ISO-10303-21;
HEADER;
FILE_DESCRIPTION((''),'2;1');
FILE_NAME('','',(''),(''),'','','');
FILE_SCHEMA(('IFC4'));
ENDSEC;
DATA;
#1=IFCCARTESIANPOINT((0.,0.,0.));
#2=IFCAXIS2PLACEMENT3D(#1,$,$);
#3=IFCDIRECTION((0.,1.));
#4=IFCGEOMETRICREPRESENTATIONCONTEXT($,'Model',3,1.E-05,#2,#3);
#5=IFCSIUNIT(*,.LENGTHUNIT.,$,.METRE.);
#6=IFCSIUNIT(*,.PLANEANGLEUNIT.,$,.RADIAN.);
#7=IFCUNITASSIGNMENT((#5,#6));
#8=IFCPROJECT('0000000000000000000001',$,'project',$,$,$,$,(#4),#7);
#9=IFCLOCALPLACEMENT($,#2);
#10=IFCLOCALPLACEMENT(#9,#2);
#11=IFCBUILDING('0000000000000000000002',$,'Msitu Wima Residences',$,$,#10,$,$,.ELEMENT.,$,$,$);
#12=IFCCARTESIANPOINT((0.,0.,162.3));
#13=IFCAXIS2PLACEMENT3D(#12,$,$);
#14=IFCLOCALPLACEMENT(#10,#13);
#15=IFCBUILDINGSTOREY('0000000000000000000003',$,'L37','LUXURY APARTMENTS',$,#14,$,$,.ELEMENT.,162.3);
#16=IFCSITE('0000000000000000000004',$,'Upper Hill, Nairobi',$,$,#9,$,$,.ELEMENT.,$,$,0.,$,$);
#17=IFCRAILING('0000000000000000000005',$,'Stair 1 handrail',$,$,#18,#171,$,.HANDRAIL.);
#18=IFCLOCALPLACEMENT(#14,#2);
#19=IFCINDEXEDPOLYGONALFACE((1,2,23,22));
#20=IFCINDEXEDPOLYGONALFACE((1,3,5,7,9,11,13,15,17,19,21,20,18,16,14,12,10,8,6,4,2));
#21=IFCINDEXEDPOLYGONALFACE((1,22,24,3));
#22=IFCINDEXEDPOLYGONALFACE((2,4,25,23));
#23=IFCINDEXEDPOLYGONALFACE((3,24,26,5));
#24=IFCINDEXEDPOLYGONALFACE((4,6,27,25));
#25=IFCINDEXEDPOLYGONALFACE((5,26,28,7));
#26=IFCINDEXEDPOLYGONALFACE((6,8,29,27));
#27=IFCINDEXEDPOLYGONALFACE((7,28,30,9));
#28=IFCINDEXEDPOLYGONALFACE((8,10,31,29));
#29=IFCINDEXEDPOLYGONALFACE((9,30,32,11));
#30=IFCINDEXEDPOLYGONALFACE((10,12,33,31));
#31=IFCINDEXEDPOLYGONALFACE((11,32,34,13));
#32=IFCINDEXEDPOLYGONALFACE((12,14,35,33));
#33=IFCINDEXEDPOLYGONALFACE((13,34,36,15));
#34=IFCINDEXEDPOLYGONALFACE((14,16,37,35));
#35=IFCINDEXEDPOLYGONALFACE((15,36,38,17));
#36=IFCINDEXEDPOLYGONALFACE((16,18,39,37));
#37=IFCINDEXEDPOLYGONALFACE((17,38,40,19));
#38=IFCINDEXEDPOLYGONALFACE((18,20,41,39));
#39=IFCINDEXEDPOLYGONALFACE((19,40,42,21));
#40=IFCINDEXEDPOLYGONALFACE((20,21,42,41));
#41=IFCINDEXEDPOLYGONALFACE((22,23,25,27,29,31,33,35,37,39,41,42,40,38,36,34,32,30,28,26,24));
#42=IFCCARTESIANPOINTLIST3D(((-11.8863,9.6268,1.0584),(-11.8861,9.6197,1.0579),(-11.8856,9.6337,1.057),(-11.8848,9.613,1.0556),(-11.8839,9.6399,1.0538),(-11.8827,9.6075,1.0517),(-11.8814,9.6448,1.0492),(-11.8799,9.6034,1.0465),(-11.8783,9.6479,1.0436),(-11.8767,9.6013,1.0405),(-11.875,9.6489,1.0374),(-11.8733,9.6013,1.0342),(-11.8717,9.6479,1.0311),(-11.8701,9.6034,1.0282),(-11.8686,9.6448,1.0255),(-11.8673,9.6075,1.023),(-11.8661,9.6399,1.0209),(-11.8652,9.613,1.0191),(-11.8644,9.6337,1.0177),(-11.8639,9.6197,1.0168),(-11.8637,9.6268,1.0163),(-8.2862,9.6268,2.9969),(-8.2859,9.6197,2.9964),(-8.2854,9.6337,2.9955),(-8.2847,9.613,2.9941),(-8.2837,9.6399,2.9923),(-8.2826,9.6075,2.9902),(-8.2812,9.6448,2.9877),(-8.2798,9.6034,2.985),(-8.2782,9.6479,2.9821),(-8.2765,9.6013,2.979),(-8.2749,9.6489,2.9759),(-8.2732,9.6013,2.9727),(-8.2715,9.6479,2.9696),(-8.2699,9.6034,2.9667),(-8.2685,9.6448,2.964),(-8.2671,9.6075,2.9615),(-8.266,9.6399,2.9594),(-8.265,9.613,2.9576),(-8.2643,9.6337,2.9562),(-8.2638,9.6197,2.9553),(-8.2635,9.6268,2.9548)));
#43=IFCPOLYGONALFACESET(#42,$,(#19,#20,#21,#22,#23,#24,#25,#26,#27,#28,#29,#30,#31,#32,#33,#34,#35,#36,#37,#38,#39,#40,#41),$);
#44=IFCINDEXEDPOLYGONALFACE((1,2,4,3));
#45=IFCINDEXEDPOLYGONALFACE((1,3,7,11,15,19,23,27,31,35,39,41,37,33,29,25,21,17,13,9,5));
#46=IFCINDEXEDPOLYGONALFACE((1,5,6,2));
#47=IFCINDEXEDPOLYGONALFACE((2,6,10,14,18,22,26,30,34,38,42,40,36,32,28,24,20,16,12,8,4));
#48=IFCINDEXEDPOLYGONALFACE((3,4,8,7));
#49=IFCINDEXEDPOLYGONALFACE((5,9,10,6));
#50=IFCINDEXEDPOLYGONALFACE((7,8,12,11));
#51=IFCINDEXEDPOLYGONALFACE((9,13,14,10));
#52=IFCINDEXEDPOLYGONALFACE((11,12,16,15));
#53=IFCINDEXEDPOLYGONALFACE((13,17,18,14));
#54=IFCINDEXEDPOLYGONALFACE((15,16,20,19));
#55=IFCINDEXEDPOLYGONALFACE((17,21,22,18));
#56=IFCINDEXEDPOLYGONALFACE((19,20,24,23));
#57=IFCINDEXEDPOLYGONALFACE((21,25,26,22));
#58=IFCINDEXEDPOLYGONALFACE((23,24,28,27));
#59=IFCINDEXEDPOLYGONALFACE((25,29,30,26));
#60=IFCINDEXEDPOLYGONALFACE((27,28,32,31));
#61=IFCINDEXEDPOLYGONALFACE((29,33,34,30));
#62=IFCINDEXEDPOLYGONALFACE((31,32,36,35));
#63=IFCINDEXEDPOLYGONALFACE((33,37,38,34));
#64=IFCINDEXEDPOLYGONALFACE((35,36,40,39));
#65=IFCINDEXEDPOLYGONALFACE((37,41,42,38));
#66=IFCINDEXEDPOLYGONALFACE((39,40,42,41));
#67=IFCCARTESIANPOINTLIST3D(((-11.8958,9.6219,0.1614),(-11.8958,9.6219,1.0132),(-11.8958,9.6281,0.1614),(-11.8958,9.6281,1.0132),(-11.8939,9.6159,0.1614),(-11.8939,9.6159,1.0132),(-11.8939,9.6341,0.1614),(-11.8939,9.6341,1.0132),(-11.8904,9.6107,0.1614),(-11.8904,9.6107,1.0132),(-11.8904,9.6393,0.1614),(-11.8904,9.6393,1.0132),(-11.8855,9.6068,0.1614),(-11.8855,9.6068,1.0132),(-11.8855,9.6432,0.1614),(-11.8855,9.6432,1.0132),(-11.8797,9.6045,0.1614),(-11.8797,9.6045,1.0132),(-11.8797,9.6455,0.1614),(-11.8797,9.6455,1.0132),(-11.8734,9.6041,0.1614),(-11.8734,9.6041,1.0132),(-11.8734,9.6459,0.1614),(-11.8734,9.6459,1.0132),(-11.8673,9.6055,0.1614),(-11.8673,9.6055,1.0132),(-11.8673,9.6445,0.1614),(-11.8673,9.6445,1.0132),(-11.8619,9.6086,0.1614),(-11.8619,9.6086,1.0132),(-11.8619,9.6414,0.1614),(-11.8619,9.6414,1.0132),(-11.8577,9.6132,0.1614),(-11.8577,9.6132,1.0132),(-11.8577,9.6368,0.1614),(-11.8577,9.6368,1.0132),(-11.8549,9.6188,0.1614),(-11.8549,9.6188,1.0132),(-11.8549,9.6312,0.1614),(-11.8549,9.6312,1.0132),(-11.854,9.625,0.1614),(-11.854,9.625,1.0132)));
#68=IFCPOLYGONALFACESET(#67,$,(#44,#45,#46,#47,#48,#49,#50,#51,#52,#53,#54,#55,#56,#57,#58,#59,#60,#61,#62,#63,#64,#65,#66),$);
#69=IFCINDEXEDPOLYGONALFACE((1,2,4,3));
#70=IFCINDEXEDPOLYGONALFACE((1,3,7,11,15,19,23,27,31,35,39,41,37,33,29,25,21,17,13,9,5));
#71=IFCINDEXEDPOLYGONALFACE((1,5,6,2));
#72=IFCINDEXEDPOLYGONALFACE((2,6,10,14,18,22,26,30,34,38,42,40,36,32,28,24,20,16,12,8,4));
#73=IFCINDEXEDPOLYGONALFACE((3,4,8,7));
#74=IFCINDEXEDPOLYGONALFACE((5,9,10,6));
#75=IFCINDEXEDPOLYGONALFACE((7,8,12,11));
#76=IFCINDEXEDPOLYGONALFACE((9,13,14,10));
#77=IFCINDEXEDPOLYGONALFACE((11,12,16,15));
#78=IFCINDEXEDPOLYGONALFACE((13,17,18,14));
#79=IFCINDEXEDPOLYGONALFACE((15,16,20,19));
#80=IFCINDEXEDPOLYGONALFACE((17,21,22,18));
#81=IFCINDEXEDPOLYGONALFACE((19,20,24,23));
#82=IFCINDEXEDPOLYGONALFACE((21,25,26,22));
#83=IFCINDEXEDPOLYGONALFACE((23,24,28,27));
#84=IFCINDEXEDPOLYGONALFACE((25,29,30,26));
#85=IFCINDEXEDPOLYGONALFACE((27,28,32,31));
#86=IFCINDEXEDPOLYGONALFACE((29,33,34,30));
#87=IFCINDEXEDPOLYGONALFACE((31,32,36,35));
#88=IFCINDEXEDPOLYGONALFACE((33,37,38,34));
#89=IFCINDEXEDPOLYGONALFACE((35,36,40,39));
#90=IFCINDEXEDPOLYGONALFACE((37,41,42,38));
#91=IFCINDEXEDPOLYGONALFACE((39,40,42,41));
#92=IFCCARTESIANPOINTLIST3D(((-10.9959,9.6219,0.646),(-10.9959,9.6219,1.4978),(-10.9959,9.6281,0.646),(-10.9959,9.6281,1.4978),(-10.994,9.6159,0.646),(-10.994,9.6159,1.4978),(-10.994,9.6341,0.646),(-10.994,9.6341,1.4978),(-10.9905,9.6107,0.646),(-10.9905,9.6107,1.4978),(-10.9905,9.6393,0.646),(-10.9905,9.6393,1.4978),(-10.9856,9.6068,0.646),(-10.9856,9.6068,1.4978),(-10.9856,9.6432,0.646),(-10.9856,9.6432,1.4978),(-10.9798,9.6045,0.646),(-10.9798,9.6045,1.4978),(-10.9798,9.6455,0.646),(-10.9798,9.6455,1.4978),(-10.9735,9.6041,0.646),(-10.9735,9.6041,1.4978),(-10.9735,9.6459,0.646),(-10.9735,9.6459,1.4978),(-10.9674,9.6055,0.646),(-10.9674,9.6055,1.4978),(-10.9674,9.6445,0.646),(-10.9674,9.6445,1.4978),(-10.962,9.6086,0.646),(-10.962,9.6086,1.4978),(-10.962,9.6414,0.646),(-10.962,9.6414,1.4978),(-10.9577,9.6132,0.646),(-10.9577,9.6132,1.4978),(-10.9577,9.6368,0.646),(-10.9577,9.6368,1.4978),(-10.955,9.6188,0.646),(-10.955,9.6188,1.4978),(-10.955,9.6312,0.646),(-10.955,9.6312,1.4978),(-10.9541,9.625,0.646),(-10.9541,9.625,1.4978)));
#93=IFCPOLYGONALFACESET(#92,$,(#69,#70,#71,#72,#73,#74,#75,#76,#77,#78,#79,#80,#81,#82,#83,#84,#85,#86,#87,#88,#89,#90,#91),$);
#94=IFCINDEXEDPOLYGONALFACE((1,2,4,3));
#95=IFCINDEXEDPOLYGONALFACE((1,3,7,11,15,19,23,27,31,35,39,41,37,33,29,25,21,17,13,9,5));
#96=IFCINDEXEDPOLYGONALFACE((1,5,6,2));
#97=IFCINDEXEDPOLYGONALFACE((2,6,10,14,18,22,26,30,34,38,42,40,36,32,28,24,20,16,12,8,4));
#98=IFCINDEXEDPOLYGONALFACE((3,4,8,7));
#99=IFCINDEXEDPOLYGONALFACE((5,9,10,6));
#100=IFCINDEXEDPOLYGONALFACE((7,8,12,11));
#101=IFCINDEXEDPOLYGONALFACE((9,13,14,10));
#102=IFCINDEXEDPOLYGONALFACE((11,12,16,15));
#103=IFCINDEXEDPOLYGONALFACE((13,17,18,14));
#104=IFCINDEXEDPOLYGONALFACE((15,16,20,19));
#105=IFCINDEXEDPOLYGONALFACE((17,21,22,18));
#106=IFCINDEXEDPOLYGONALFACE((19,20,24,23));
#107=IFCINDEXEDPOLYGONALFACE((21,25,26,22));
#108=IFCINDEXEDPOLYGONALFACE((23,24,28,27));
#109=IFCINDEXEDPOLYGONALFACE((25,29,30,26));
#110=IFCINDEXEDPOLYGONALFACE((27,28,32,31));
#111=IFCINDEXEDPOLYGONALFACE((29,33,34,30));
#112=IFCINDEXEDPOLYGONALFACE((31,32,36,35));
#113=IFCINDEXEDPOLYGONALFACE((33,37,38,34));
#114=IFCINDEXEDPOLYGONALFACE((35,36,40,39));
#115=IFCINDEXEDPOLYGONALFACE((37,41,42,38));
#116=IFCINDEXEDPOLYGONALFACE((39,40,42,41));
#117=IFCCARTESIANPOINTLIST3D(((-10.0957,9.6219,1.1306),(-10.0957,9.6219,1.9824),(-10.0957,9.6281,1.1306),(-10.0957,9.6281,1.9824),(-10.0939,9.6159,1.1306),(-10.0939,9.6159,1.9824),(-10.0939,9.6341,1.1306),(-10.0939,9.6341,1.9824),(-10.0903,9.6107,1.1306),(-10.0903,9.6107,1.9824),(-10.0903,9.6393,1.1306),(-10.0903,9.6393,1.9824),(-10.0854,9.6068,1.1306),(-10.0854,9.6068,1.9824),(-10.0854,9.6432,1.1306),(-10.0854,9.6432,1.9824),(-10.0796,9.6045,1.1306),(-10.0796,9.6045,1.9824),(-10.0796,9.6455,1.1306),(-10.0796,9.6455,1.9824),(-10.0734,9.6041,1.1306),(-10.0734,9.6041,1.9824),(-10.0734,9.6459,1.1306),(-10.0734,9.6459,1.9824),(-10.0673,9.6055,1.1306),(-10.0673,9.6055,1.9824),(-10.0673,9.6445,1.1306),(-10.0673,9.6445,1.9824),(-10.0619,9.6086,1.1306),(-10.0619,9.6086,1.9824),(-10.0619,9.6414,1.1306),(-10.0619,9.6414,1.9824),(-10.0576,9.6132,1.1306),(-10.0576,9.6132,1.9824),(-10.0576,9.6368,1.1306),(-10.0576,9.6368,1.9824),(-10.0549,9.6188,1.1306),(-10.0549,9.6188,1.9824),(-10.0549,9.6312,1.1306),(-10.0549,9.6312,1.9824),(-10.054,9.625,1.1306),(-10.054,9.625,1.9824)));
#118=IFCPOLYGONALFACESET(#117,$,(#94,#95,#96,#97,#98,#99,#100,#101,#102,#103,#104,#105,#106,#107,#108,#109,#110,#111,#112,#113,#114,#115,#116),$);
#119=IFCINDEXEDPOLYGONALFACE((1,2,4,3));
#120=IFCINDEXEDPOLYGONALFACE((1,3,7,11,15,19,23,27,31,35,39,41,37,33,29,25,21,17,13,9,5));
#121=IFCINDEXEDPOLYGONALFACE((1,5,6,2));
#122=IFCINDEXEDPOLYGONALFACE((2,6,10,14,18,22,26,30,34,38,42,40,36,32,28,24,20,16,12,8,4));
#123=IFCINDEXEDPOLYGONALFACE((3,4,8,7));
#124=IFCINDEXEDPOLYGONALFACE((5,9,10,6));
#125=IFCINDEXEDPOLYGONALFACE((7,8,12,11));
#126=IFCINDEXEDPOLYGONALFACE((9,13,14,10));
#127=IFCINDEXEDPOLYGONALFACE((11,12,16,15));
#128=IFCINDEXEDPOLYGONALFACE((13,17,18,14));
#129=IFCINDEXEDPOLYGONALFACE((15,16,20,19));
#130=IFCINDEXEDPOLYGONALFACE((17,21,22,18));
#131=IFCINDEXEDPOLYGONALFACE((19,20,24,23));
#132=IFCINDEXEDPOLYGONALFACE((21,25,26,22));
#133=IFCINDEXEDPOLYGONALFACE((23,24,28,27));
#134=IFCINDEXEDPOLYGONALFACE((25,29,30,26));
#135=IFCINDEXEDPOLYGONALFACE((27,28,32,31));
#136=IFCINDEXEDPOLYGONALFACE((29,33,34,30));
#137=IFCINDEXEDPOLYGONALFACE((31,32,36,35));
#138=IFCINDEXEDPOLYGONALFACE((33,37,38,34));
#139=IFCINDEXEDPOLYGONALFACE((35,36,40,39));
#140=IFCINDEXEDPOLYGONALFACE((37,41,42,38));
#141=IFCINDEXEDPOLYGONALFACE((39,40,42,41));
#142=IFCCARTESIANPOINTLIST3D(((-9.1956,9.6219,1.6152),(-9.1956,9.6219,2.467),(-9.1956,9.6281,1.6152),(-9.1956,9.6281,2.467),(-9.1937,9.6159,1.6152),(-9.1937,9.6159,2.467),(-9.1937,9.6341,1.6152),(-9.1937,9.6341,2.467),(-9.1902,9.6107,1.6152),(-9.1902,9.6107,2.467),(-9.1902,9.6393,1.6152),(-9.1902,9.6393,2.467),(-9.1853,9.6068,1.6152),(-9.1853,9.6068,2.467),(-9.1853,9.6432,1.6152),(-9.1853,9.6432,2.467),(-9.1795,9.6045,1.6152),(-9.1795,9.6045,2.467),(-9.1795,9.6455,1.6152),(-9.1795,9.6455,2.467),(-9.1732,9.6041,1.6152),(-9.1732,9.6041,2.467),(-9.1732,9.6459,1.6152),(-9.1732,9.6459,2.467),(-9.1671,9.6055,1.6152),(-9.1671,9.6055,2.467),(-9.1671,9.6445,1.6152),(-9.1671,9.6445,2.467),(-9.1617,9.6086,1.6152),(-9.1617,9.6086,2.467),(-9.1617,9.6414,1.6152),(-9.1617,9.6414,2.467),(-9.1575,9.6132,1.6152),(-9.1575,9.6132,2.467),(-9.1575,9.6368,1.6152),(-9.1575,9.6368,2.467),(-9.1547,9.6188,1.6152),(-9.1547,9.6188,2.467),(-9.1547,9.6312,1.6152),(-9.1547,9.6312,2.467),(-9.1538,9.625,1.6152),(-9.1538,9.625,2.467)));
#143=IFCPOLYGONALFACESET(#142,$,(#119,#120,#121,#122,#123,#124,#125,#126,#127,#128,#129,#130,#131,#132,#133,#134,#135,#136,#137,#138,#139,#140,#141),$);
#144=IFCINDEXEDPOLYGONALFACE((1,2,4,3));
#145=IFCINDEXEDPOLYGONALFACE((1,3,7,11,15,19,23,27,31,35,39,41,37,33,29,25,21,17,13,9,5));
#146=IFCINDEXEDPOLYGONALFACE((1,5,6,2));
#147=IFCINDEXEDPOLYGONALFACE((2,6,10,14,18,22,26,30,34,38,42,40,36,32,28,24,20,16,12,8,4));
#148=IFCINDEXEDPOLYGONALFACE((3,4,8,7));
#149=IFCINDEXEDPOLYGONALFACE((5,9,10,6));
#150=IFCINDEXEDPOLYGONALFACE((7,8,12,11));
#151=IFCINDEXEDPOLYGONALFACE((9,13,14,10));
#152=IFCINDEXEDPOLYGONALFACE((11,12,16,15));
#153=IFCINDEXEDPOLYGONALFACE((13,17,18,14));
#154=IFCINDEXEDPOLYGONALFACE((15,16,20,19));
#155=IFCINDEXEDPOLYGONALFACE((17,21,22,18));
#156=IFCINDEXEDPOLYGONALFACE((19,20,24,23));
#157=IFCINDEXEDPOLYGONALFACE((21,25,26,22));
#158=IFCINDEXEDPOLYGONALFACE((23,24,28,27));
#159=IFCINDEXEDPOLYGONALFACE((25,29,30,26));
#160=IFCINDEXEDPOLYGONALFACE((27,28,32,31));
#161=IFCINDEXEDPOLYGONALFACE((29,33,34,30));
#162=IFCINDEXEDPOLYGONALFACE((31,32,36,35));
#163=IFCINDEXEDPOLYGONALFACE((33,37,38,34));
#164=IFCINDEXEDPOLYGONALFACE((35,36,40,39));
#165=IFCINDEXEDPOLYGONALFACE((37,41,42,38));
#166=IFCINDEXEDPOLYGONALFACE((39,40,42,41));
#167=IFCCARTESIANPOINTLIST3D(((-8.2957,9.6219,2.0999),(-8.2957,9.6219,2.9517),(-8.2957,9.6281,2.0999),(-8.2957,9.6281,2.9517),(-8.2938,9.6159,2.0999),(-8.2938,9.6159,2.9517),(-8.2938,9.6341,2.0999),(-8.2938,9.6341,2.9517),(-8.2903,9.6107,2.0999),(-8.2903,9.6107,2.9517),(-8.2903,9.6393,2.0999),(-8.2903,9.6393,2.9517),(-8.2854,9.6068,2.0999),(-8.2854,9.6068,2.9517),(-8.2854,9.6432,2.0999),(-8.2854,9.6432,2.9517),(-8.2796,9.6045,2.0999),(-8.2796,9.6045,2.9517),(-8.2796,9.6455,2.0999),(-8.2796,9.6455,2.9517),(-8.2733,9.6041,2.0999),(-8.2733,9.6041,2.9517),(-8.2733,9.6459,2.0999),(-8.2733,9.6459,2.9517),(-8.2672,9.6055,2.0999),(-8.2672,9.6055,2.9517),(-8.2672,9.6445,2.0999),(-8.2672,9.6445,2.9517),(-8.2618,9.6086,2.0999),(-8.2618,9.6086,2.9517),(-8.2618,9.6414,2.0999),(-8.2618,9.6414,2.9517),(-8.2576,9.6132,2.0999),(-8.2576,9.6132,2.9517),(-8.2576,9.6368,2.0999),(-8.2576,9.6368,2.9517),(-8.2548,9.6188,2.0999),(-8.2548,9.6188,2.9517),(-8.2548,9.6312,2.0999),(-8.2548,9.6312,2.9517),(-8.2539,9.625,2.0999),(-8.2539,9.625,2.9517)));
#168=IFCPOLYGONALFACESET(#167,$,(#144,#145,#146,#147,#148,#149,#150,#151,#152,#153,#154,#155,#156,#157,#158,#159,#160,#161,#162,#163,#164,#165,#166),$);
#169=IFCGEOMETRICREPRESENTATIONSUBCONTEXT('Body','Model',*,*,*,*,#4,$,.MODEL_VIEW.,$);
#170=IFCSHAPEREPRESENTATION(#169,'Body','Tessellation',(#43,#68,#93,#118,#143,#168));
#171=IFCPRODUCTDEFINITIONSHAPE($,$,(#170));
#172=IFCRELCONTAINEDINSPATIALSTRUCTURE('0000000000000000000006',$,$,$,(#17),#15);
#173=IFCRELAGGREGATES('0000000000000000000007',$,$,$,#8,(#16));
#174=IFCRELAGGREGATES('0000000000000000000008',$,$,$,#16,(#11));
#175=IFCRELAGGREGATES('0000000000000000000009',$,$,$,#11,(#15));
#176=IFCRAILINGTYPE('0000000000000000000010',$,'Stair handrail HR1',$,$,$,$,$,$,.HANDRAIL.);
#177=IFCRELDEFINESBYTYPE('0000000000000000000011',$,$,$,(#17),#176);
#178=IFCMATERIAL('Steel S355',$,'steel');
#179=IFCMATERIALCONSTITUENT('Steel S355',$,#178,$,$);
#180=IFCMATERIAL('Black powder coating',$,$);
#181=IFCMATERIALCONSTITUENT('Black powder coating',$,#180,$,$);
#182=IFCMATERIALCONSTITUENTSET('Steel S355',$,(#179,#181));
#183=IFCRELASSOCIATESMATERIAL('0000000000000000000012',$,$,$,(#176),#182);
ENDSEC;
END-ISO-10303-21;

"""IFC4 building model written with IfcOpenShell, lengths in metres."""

from ifc_helpers import new_model, si_unit, direction, frame, origin, origin_2d, place, context, subcontext, project, spatial, circle, extrude, material, constituent, constituent_set, type_object, element, save


model = new_model("IFC4")

# Units and contexts
model_context = context("Model", 3, precision=1e-05, world=origin(), true_north=direction((0.0, 1.0)))
body_context = subcontext(model_context, "Body", "Model", "MODEL_VIEW")
ifc_project = project(units=[si_unit("LENGTHUNIT", "METRE"), si_unit("PLANEANGLEUNIT", "RADIAN")], contexts=[model_context])

# Site, building, storey
site_placement = place(None, origin())
site = spatial("IfcSite", under=ifc_project, at=site_placement, Name="Upper Hill, Nairobi", CompositionType="ELEMENT", RefElevation=0.0)
building_placement = place(site_placement, origin())
building = spatial("IfcBuilding", under=site, at=building_placement, Name="Msitu Wima Residences", CompositionType="ELEMENT")
storey_placement = place(building_placement, frame((0.0, 0.0, 162.3)))
storey = spatial("IfcBuildingStorey", under=building, at=storey_placement, Name="L37", Description="LUXURY APARTMENTS", CompositionType="ELEMENT", Elevation=162.3)

# Railing
ifc_material_1 = material(Name="Steel S355", Category="steel")
ifc_constituent_1 = constituent(ifc_material_1, Name="Steel S355")
ifc_material_2 = material(Name="Black powder coating")
ifc_constituent_2 = constituent(ifc_material_2, Name="Black powder coating")
ifc_constituent_set = constituent_set(constituents=[ifc_constituent_1, ifc_constituent_2], Name="Steel S355")
railing_type = type_object("IfcRailingType", Name="Stair handrail HR1", PredefinedType="HANDRAIL", material=ifc_constituent_set)
for number, where, name in (
    (1, (-11.875, 9.625, 0.1614), "Stair 1 handrail"),
):
    element("IfcRailing", number, at=place(storey_placement, frame(where)), inside=storey, type_object=railing_type, Name=name, PredefinedType="HANDRAIL", context=body_context, shape_type="SweptSolid", body=[
        extrude(circle(Radius=0.0239, at=origin_2d()), frame((0.0, 0.0, 0.876), z_axis=(0.880475, 0.0, 0.474093), x_axis=(0.0, 1.0, 0.0)), (0.0, 0.0, 1.0), 4.0889),
        extrude(circle(Radius=0.021, at=origin_2d()), origin(), (0.0, 0.0, 1.0), 0.8518),
        extrude(circle(Radius=0.021, at=origin_2d()), frame((0.8999, 0.0, 0.4846)), (0.0, 0.0, 1.0), 0.8518),
        extrude(circle(Radius=0.021, at=origin_2d()), frame((1.8, 0.0, 0.9692)), (0.0, 0.0, 1.0), 0.8518),
        extrude(circle(Radius=0.021, at=origin_2d()), frame((2.7002, 0.0, 1.4539)), (0.0, 0.0, 1.0), 0.8518),
        extrude(circle(Radius=0.021, at=origin_2d()), frame((3.6001, 0.0, 1.9385)), (0.0, 0.0, 1.0), 0.8518),
    ])

save(model, "model.ifc")
